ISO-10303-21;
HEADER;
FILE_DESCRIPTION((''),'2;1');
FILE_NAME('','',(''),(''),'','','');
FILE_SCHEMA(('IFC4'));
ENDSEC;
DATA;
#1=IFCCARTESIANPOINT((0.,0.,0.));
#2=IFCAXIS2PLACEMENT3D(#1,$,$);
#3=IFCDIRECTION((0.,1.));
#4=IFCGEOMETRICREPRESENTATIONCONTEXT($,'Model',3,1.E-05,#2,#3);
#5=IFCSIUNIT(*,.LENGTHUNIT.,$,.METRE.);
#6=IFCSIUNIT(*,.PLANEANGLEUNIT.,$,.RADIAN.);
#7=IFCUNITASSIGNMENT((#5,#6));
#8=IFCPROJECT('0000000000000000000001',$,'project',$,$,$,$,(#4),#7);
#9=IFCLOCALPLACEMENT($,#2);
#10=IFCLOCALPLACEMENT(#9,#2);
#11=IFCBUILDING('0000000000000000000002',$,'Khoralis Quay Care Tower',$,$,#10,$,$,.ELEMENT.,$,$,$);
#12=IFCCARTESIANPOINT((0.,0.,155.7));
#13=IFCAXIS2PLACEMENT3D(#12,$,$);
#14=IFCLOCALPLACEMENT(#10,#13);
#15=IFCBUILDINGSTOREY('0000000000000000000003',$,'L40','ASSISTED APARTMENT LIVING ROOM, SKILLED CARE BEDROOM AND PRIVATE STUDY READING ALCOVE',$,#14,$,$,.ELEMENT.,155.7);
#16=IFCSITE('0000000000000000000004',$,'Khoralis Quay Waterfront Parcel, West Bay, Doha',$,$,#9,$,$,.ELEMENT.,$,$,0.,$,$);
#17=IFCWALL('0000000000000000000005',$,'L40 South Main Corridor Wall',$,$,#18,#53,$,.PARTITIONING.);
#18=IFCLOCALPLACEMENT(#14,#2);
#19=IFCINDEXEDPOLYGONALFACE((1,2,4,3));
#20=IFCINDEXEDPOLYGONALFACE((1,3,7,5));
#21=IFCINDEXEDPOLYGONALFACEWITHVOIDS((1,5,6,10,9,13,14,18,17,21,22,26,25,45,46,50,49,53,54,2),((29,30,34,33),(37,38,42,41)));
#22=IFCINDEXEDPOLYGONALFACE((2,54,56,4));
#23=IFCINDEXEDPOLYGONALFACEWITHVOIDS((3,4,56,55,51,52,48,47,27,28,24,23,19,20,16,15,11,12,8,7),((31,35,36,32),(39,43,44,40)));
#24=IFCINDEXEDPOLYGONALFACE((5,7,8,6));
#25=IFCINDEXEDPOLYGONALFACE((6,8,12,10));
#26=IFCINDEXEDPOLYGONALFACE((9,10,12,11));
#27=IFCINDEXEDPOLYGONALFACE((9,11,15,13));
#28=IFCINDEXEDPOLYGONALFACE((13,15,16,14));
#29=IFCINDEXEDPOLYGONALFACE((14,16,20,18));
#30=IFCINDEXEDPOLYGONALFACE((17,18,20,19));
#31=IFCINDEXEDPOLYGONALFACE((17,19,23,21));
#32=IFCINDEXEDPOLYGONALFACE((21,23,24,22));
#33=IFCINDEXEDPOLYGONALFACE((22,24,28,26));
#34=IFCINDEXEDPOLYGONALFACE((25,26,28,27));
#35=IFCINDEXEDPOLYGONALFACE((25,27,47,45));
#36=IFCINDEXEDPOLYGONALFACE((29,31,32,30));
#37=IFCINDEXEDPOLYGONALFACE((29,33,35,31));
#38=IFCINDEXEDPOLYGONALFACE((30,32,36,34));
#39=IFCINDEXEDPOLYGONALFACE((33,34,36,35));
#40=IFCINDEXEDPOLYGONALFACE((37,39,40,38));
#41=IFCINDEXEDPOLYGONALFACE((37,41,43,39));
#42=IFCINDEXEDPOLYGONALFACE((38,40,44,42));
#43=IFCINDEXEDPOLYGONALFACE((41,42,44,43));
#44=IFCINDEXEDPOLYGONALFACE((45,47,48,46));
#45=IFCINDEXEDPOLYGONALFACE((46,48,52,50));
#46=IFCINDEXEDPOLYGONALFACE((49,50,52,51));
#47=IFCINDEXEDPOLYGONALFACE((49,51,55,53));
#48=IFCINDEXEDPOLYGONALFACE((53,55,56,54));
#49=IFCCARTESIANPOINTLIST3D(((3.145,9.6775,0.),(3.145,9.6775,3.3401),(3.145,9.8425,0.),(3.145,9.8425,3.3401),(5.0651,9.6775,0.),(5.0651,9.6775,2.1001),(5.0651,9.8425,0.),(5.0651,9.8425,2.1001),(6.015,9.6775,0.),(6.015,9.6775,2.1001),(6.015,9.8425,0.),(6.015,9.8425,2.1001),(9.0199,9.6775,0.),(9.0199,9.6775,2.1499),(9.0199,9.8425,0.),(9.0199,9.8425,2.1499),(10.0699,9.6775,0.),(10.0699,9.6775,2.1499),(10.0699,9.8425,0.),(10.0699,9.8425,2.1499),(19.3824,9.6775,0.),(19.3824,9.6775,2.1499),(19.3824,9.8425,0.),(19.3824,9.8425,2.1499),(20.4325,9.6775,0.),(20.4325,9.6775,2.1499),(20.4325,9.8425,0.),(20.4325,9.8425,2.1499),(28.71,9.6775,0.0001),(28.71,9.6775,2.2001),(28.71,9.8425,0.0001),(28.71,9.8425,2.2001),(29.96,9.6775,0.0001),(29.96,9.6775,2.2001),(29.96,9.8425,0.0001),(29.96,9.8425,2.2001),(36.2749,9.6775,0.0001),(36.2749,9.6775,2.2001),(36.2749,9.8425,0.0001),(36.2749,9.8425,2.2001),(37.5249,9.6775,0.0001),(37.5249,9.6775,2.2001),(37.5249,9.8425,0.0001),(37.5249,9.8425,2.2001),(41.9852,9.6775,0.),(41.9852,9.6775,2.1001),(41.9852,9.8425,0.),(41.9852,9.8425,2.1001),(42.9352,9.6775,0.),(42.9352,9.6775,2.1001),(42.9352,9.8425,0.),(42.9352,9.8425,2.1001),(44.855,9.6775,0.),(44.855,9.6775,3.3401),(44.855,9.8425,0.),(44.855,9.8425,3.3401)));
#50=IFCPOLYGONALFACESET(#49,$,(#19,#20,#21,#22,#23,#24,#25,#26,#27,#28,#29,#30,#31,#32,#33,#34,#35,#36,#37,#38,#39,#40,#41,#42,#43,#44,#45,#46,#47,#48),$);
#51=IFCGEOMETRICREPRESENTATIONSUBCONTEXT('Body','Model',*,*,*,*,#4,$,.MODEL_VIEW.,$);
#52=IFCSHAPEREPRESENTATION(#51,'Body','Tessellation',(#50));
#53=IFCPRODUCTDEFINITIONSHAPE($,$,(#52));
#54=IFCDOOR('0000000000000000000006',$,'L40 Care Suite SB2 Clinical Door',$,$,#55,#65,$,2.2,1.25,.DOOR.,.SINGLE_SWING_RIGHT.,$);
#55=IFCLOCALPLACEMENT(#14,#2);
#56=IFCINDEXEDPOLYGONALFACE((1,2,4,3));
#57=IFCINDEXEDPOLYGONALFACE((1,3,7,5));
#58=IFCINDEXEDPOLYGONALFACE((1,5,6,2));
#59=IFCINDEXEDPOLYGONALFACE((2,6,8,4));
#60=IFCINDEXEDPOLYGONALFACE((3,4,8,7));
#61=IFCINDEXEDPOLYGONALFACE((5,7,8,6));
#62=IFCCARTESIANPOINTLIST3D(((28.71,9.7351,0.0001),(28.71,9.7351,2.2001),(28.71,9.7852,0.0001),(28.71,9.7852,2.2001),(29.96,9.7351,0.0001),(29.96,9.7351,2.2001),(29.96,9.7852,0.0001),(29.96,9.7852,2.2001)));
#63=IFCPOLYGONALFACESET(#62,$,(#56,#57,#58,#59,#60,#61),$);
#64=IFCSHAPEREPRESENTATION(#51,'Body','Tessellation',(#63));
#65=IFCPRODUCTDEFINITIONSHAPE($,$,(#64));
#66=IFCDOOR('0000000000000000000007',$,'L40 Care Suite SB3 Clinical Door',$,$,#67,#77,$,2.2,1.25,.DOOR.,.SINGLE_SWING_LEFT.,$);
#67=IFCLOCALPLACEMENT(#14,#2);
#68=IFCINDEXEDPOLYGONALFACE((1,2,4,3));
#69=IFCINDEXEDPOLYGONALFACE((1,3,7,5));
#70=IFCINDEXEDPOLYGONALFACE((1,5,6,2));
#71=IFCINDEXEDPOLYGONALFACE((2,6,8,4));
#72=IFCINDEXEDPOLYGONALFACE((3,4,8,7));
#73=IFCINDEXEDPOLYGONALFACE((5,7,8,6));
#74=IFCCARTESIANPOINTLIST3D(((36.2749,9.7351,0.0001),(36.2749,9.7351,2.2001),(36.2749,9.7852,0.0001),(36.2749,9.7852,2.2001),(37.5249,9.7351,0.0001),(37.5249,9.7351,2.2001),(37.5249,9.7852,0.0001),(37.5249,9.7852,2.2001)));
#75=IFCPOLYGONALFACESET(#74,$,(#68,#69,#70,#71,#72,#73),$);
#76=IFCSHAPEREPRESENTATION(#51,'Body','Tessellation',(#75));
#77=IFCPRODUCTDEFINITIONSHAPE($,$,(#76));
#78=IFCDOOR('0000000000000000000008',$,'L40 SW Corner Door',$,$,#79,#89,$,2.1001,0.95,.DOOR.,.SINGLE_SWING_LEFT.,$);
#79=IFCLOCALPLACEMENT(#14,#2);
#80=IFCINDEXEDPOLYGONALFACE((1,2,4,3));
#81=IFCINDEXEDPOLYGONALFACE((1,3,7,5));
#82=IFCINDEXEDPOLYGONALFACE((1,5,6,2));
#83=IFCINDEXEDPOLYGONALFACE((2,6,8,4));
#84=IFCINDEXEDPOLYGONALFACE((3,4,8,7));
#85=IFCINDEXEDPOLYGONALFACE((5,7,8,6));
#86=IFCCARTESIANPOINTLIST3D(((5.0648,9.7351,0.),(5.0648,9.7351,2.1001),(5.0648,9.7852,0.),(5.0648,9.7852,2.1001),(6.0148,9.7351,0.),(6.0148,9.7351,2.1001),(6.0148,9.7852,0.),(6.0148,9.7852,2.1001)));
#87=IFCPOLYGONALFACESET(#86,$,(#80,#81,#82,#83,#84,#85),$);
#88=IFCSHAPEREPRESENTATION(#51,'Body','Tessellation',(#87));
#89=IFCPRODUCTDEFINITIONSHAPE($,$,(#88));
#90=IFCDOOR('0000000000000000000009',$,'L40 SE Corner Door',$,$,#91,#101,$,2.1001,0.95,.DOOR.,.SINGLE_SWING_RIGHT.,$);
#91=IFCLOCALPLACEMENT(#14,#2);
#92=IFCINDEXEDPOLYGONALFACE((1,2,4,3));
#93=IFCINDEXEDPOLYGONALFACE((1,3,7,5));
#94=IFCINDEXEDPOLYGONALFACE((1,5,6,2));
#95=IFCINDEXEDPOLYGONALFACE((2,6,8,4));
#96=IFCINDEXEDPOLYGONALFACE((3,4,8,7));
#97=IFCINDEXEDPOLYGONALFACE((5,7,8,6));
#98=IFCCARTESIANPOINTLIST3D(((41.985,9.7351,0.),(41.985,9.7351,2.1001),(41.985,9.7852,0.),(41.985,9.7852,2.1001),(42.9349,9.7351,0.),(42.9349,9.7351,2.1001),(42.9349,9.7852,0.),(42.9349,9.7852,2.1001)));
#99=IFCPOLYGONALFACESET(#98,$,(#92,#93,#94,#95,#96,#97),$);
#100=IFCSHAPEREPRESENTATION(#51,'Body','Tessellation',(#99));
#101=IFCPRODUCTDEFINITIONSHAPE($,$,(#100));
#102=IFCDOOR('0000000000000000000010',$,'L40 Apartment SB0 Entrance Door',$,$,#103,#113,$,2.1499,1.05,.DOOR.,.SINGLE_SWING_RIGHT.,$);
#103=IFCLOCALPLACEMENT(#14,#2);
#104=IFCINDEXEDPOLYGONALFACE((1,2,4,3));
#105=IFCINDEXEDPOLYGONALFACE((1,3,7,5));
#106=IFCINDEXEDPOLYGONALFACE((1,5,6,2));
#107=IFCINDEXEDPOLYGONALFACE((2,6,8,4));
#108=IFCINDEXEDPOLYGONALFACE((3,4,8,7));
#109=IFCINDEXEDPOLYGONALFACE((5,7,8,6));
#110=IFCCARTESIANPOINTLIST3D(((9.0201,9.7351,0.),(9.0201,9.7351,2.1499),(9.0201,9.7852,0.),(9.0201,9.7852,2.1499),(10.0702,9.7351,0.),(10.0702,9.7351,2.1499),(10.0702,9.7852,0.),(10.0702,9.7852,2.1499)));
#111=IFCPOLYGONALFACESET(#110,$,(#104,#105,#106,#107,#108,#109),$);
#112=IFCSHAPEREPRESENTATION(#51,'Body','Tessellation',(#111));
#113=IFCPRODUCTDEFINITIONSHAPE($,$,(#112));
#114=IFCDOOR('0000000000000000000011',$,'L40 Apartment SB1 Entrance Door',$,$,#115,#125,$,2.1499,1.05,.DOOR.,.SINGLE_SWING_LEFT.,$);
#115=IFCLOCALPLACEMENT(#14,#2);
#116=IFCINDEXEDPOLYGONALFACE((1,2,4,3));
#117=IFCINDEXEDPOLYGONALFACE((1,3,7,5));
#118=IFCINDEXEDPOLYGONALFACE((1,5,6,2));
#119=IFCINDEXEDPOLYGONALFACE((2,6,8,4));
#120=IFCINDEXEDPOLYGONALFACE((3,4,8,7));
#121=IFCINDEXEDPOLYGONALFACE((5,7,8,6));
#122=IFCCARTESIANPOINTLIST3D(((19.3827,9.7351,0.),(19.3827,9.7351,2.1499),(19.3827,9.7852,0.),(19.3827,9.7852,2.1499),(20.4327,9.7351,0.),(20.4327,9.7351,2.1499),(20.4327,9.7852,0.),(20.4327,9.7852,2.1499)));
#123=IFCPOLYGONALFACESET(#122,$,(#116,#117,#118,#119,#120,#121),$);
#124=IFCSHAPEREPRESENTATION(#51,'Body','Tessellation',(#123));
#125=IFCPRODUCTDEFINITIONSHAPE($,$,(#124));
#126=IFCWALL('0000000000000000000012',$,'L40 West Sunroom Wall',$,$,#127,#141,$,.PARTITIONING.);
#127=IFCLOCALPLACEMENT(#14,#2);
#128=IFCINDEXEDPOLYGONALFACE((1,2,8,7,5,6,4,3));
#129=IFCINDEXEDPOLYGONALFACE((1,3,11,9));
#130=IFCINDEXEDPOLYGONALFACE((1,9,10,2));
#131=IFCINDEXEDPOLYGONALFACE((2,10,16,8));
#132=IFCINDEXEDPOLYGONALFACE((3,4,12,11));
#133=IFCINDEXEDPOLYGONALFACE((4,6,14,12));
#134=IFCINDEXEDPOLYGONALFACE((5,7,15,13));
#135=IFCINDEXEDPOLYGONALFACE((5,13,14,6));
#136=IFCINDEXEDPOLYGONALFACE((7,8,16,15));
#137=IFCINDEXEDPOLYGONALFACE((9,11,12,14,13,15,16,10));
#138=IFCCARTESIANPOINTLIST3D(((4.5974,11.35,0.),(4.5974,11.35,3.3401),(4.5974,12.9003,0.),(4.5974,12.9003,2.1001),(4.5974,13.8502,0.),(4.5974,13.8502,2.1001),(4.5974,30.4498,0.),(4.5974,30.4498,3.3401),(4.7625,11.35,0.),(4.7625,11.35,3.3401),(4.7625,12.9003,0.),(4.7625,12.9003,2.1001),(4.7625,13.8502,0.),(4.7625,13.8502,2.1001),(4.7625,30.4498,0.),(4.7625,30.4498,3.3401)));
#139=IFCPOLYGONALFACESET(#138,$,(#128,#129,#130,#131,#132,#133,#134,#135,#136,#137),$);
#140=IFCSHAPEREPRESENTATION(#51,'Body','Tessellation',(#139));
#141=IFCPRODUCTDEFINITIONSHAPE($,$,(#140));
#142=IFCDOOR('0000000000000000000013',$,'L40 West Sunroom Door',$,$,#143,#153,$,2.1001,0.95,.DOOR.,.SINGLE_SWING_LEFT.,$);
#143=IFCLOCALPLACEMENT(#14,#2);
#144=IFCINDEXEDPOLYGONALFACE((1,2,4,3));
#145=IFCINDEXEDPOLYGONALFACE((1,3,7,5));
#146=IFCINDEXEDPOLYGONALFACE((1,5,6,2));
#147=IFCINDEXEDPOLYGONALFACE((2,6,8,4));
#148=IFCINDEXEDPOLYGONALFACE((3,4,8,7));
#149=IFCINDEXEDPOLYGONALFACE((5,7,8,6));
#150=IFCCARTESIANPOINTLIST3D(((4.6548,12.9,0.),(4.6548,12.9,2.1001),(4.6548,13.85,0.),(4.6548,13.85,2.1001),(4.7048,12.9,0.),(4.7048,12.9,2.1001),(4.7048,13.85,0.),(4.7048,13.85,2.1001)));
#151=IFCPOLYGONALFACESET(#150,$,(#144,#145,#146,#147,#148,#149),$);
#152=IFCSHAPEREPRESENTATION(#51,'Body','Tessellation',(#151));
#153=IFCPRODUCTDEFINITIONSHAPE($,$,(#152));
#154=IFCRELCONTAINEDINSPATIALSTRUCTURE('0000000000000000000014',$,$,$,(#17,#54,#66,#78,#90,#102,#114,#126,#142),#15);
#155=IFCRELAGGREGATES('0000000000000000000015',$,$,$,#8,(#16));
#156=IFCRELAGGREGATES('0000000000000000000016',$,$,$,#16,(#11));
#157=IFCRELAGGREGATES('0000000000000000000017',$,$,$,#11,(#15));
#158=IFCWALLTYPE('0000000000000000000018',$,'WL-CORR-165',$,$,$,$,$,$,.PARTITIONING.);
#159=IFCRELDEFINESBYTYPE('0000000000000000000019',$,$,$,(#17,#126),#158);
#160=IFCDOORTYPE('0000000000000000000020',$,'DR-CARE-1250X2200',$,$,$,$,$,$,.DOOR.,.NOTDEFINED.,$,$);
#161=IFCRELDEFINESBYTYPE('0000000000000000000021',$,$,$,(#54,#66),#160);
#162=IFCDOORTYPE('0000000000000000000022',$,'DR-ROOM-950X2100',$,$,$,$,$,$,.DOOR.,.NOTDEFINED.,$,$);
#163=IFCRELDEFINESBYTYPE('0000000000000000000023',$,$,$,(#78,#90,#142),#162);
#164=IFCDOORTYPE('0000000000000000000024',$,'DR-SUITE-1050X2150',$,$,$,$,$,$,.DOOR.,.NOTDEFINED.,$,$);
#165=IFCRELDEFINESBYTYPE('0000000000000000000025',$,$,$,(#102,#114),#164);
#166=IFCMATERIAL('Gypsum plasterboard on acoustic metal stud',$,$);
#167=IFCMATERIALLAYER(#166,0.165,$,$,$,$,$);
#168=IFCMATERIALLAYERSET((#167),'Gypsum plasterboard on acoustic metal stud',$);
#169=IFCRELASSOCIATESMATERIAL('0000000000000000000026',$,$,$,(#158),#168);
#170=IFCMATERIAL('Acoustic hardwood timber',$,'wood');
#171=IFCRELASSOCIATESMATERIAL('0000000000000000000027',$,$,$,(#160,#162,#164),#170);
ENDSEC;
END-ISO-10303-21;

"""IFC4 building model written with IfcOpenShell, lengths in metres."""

from ifc_helpers import new_model, si_unit, direction, frame, frame_2d, origin, place, context, subcontext, project, spatial, rectangle, extrude, source, transform, mapped, material, layer, layer_set, type_object, element, fill, save


model = new_model("IFC4")

# Units and contexts
model_context = context("Model", 3, precision=1e-05, world=origin(), true_north=direction((0.0, 1.0)))
body_context = subcontext(model_context, "Body", "Model", "MODEL_VIEW")
ifc_project = project(units=[si_unit("LENGTHUNIT", "METRE"), si_unit("PLANEANGLEUNIT", "RADIAN")], contexts=[model_context])

# Site, building, storey
site_placement = place(None, origin())
site = spatial("IfcSite", under=ifc_project, at=site_placement, Name="Khoralis Quay Waterfront Parcel, West Bay, Doha", CompositionType="ELEMENT", RefElevation=0.0)
building_placement = place(site_placement, origin())
building = spatial("IfcBuilding", under=site, at=building_placement, Name="Khoralis Quay Care Tower", CompositionType="ELEMENT")
storey_placement = place(building_placement, frame((0.0, 0.0, 155.7)))
storey = spatial("IfcBuildingStorey", under=building, at=storey_placement, Name="L40", Description="ASSISTED APARTMENT LIVING ROOM, SKILLED CARE BEDROOM AND PRIVATE STUDY READING ALCOVE", CompositionType="ELEMENT", Elevation=155.7)

# Shared definitions
ifc_material_1 = material(Name="Gypsum plasterboard on acoustic metal stud")

# Wall, openings, doors
ifc_layer_1 = layer(ifc_material_1, 0.165)
ifc_layer_set_1 = layer_set([ifc_layer_1], Name="Gypsum plasterboard on acoustic metal stud")
wall_type_1 = type_object("IfcWallType", Name="WL-CORR-165", PredefinedType="PARTITIONING", material=ifc_layer_set_1)
wall_1_placement = place(storey_placement, frame((3.145, 9.76, 0.0), z_axis=(0.0, 0.0, 1.0), x_axis=(1.0, 0.0, 0.0)))
wall_1 = element("IfcWall", 1, at=wall_1_placement, inside=storey, type_object=wall_type_1, Name="L40 South Main Corridor Wall", PredefinedType="PARTITIONING", context=body_context, shape_type="SweptSolid", body=[
    extrude(rectangle(XDim=41.71, YDim=0.165, at=frame_2d((20.855, 0.0))), origin(), (0.0, 0.0, 1.0), 3.3401),
])
opening_1_placement = place(wall_1_placement, frame((5.875, 0.0, 0.0)))
opening_1 = element("IfcOpeningElement", 2, at=opening_1_placement, cuts=wall_1, PredefinedType="OPENING", context=body_context, shape_type="SweptSolid", body=[
    extrude(rectangle(XDim=1.05, YDim=2.1499, at=frame_2d((0.5249, 1.075))), frame((0.0, 0.0925, 0.0), z_axis=(0.0, -1.0, 0.0), x_axis=(1.0, 0.0, 0.0)), (0.0, 0.0, 1.0), 0.1851),
])
opening_2_placement = place(wall_1_placement, frame((16.2375, 0.0, 0.0)))
opening_2 = element("IfcOpeningElement", 3, at=opening_2_placement, cuts=wall_1, PredefinedType="OPENING", context=body_context, shape_type="SweptSolid", body=[
    extrude(rectangle(XDim=1.05, YDim=2.1499, at=frame_2d((0.5249, 1.075))), frame((0.0, 0.0925, 0.0), z_axis=(0.0, -1.0, 0.0), x_axis=(1.0, 0.0, 0.0)), (0.0, 0.0, 1.0), 0.1851),
])
opening_3_placement = place(wall_1_placement, frame((25.5649, 0.0, 0.0)))
opening_3 = element("IfcOpeningElement", 4, at=opening_3_placement, cuts=wall_1, PredefinedType="OPENING", context=body_context, shape_type="SweptSolid", body=[
    extrude(rectangle(XDim=1.25, YDim=2.2, at=frame_2d((0.625, 1.1001))), frame((0.0, 0.0925, 0.0), z_axis=(0.0, -1.0, 0.0), x_axis=(1.0, 0.0, 0.0)), (0.0, 0.0, 1.0), 0.1851),
])
opening_4_placement = place(wall_1_placement, frame((33.1299, 0.0, 0.0)))
opening_4 = element("IfcOpeningElement", 5, at=opening_4_placement, cuts=wall_1, PredefinedType="OPENING", context=body_context, shape_type="SweptSolid", body=[
    extrude(rectangle(XDim=1.25, YDim=2.2, at=frame_2d((0.625, 1.1001))), frame((0.0, 0.0925, 0.0), z_axis=(0.0, -1.0, 0.0), x_axis=(1.0, 0.0, 0.0)), (0.0, 0.0, 1.0), 0.1851),
])
opening_5_placement = place(wall_1_placement, frame((1.9199, 0.0, 0.0)))
opening_5 = element("IfcOpeningElement", 6, at=opening_5_placement, cuts=wall_1, PredefinedType="OPENING", context=body_context, shape_type="SweptSolid", body=[
    extrude(rectangle(XDim=0.95, YDim=2.1001, at=frame_2d((0.4751, 1.05))), frame((0.0, 0.0925, 0.0), z_axis=(0.0, -1.0, 0.0), x_axis=(1.0, 0.0, 0.0)), (0.0, 0.0, 1.0), 0.1851),
])
opening_6_placement = place(wall_1_placement, frame((38.8401, 0.0, 0.0)))
opening_6 = element("IfcOpeningElement", 7, at=opening_6_placement, cuts=wall_1, PredefinedType="OPENING", context=body_context, shape_type="SweptSolid", body=[
    extrude(rectangle(XDim=0.95, YDim=2.1001, at=frame_2d((0.4751, 1.05))), frame((0.0, 0.0925, 0.0), z_axis=(0.0, -1.0, 0.0), x_axis=(1.0, 0.0, 0.0)), (0.0, 0.0, 1.0), 0.1851),
])
ifc_material_2 = material(Name="Acoustic hardwood timber", Category="wood")
door_type_1 = type_object("IfcDoorType", Name="DR-CARE-1250X2200", OperationType="NOTDEFINED", PredefinedType="DOOR", material=ifc_material_2)
shared_shape_1 = source(origin(), body_context, "Body", "SweptSolid", [
    extrude(rectangle(XDim=1.25, YDim=2.2, at=frame_2d((0.625, 1.1001))), frame((0.0, 0.0249, 0.0), z_axis=(0.0, -1.0, 0.0), x_axis=(1.0, 0.0, 0.0)), (0.0, 0.0, 1.0), 0.05),
])
door_1_placement = place(opening_3_placement, frame((1.25, 0.0, 0.0), z_axis=(0.0, 0.0, 1.0), x_axis=(-1.0, 0.0, 0.0)))
door_1 = element("IfcDoor", 8, at=door_1_placement, inside=storey, type_object=door_type_1, Name="L40 Care Suite SB2 Clinical Door", OperationType="SINGLE_SWING_RIGHT", OverallHeight=2.2, OverallWidth=1.25, PredefinedType="DOOR", context=body_context, shape_type="MappedRepresentation", body=[
    mapped(shared_shape_1, transform((0.0, 0.0, 0.0), scale=1.0)),
])
fill(opening_3, door_1)
door_2_placement = place(opening_4_placement, frame((1.25, 0.0, 0.0), z_axis=(0.0, 0.0, 1.0), x_axis=(-1.0, 0.0, 0.0)))
door_2 = element("IfcDoor", 9, at=door_2_placement, inside=storey, type_object=door_type_1, Name="L40 Care Suite SB3 Clinical Door", OperationType="SINGLE_SWING_LEFT", OverallHeight=2.2, OverallWidth=1.25, PredefinedType="DOOR", context=body_context, shape_type="MappedRepresentation", body=[
    mapped(shared_shape_1, transform((0.0, 0.0, 0.0), scale=1.0)),
])
fill(opening_4, door_2)
door_type_2 = type_object("IfcDoorType", Name="DR-ROOM-950X2100", OperationType="NOTDEFINED", PredefinedType="DOOR", material=ifc_material_2)
shared_shape_2 = source(origin(), body_context, "Body", "SweptSolid", [
    extrude(rectangle(XDim=0.95, YDim=2.1001, at=frame_2d((0.4751, 1.05))), frame((0.0, 0.0249, 0.0), z_axis=(0.0, -1.0, 0.0), x_axis=(1.0, 0.0, 0.0)), (0.0, 0.0, 1.0), 0.05),
])
door_3_placement = place(opening_5_placement, frame((0.95, 0.0, 0.0), z_axis=(0.0, 0.0, 1.0), x_axis=(-1.0, 0.0, 0.0)))
door_3 = element("IfcDoor", 10, at=door_3_placement, inside=storey, type_object=door_type_2, Name="L40 SW Corner Door", OperationType="SINGLE_SWING_LEFT", OverallHeight=2.1001, OverallWidth=0.95, PredefinedType="DOOR", context=body_context, shape_type="MappedRepresentation", body=[
    mapped(shared_shape_2, transform((0.0, 0.0, 0.0), scale=1.0)),
])
fill(opening_5, door_3)
door_4_placement = place(opening_6_placement, frame((0.95, 0.0, 0.0), z_axis=(0.0, 0.0, 1.0), x_axis=(-1.0, 0.0, 0.0)))
door_4 = element("IfcDoor", 11, at=door_4_placement, inside=storey, type_object=door_type_2, Name="L40 SE Corner Door", OperationType="SINGLE_SWING_RIGHT", OverallHeight=2.1001, OverallWidth=0.95, PredefinedType="DOOR", context=body_context, shape_type="MappedRepresentation", body=[
    mapped(shared_shape_2, transform((0.0, 0.0, 0.0), scale=1.0)),
])
fill(opening_6, door_4)
door_type_3 = type_object("IfcDoorType", Name="DR-SUITE-1050X2150", OperationType="NOTDEFINED", PredefinedType="DOOR", material=ifc_material_2)
shared_shape_3 = source(origin(), body_context, "Body", "SweptSolid", [
    extrude(rectangle(XDim=1.05, YDim=2.1499, at=frame_2d((0.5249, 1.075))), frame((0.0, 0.0249, 0.0), z_axis=(0.0, -1.0, 0.0), x_axis=(1.0, 0.0, 0.0)), (0.0, 0.0, 1.0), 0.05),
])
door_5_placement = place(opening_1_placement, frame((1.05, 0.0, 0.0), z_axis=(0.0, 0.0, 1.0), x_axis=(-1.0, 0.0, 0.0)))
door_5 = element("IfcDoor", 12, at=door_5_placement, inside=storey, type_object=door_type_3, Name="L40 Apartment SB0 Entrance Door", OperationType="SINGLE_SWING_RIGHT", OverallHeight=2.1499, OverallWidth=1.05, PredefinedType="DOOR", context=body_context, shape_type="MappedRepresentation", body=[
    mapped(shared_shape_3, transform((0.0, 0.0, 0.0), scale=1.0)),
])
fill(opening_1, door_5)
door_6_placement = place(opening_2_placement, frame((1.05, 0.0, 0.0), z_axis=(0.0, 0.0, 1.0), x_axis=(-1.0, 0.0, 0.0)))
door_6 = element("IfcDoor", 13, at=door_6_placement, inside=storey, type_object=door_type_3, Name="L40 Apartment SB1 Entrance Door", OperationType="SINGLE_SWING_LEFT", OverallHeight=2.1499, OverallWidth=1.05, PredefinedType="DOOR", context=body_context, shape_type="MappedRepresentation", body=[
    mapped(shared_shape_3, transform((0.0, 0.0, 0.0), scale=1.0)),
])
fill(opening_2, door_6)

# Wall, opening, door
wall_2_placement = place(storey_placement, frame((4.6799, 11.3501, 0.0), z_axis=(0.0, 0.0, 1.0), x_axis=(0.0, 1.0, 0.0)))
wall_2 = element("IfcWall", 14, at=wall_2_placement, inside=storey, type_object=wall_type_1, Name="L40 West Sunroom Wall", PredefinedType="PARTITIONING", context=body_context, shape_type="SweptSolid", body=[
    extrude(rectangle(XDim=19.0999, YDim=0.165, at=frame_2d((9.5498, 0.0))), origin(), (0.0, 0.0, 1.0), 3.3401),
])
opening_7_placement = place(wall_2_placement, frame((1.55, 0.0, 0.0)))
opening_7 = element("IfcOpeningElement", 15, at=opening_7_placement, cuts=wall_2, PredefinedType="OPENING", context=body_context, shape_type="SweptSolid", body=[
    extrude(rectangle(XDim=0.95, YDim=2.1001, at=frame_2d((0.4751, 1.05))), frame((0.0, 0.0925, 0.0), z_axis=(0.0, -1.0, 0.0), x_axis=(1.0, 0.0, 0.0)), (0.0, 0.0, 1.0), 0.1851),
])
door_7_placement = place(opening_7_placement, frame((0.95, 0.0, 0.0), z_axis=(0.0, 0.0, 1.0), x_axis=(-1.0, 0.0, 0.0)))
door_7 = element("IfcDoor", 16, at=door_7_placement, inside=storey, type_object=door_type_2, Name="L40 West Sunroom Door", OperationType="SINGLE_SWING_LEFT", OverallHeight=2.1001, OverallWidth=0.95, PredefinedType="DOOR", context=body_context, shape_type="MappedRepresentation", body=[
    mapped(shared_shape_2, transform((0.0, 0.0, 0.0), scale=1.0)),
])
fill(opening_7, door_7)

save(model, "model.ifc")
